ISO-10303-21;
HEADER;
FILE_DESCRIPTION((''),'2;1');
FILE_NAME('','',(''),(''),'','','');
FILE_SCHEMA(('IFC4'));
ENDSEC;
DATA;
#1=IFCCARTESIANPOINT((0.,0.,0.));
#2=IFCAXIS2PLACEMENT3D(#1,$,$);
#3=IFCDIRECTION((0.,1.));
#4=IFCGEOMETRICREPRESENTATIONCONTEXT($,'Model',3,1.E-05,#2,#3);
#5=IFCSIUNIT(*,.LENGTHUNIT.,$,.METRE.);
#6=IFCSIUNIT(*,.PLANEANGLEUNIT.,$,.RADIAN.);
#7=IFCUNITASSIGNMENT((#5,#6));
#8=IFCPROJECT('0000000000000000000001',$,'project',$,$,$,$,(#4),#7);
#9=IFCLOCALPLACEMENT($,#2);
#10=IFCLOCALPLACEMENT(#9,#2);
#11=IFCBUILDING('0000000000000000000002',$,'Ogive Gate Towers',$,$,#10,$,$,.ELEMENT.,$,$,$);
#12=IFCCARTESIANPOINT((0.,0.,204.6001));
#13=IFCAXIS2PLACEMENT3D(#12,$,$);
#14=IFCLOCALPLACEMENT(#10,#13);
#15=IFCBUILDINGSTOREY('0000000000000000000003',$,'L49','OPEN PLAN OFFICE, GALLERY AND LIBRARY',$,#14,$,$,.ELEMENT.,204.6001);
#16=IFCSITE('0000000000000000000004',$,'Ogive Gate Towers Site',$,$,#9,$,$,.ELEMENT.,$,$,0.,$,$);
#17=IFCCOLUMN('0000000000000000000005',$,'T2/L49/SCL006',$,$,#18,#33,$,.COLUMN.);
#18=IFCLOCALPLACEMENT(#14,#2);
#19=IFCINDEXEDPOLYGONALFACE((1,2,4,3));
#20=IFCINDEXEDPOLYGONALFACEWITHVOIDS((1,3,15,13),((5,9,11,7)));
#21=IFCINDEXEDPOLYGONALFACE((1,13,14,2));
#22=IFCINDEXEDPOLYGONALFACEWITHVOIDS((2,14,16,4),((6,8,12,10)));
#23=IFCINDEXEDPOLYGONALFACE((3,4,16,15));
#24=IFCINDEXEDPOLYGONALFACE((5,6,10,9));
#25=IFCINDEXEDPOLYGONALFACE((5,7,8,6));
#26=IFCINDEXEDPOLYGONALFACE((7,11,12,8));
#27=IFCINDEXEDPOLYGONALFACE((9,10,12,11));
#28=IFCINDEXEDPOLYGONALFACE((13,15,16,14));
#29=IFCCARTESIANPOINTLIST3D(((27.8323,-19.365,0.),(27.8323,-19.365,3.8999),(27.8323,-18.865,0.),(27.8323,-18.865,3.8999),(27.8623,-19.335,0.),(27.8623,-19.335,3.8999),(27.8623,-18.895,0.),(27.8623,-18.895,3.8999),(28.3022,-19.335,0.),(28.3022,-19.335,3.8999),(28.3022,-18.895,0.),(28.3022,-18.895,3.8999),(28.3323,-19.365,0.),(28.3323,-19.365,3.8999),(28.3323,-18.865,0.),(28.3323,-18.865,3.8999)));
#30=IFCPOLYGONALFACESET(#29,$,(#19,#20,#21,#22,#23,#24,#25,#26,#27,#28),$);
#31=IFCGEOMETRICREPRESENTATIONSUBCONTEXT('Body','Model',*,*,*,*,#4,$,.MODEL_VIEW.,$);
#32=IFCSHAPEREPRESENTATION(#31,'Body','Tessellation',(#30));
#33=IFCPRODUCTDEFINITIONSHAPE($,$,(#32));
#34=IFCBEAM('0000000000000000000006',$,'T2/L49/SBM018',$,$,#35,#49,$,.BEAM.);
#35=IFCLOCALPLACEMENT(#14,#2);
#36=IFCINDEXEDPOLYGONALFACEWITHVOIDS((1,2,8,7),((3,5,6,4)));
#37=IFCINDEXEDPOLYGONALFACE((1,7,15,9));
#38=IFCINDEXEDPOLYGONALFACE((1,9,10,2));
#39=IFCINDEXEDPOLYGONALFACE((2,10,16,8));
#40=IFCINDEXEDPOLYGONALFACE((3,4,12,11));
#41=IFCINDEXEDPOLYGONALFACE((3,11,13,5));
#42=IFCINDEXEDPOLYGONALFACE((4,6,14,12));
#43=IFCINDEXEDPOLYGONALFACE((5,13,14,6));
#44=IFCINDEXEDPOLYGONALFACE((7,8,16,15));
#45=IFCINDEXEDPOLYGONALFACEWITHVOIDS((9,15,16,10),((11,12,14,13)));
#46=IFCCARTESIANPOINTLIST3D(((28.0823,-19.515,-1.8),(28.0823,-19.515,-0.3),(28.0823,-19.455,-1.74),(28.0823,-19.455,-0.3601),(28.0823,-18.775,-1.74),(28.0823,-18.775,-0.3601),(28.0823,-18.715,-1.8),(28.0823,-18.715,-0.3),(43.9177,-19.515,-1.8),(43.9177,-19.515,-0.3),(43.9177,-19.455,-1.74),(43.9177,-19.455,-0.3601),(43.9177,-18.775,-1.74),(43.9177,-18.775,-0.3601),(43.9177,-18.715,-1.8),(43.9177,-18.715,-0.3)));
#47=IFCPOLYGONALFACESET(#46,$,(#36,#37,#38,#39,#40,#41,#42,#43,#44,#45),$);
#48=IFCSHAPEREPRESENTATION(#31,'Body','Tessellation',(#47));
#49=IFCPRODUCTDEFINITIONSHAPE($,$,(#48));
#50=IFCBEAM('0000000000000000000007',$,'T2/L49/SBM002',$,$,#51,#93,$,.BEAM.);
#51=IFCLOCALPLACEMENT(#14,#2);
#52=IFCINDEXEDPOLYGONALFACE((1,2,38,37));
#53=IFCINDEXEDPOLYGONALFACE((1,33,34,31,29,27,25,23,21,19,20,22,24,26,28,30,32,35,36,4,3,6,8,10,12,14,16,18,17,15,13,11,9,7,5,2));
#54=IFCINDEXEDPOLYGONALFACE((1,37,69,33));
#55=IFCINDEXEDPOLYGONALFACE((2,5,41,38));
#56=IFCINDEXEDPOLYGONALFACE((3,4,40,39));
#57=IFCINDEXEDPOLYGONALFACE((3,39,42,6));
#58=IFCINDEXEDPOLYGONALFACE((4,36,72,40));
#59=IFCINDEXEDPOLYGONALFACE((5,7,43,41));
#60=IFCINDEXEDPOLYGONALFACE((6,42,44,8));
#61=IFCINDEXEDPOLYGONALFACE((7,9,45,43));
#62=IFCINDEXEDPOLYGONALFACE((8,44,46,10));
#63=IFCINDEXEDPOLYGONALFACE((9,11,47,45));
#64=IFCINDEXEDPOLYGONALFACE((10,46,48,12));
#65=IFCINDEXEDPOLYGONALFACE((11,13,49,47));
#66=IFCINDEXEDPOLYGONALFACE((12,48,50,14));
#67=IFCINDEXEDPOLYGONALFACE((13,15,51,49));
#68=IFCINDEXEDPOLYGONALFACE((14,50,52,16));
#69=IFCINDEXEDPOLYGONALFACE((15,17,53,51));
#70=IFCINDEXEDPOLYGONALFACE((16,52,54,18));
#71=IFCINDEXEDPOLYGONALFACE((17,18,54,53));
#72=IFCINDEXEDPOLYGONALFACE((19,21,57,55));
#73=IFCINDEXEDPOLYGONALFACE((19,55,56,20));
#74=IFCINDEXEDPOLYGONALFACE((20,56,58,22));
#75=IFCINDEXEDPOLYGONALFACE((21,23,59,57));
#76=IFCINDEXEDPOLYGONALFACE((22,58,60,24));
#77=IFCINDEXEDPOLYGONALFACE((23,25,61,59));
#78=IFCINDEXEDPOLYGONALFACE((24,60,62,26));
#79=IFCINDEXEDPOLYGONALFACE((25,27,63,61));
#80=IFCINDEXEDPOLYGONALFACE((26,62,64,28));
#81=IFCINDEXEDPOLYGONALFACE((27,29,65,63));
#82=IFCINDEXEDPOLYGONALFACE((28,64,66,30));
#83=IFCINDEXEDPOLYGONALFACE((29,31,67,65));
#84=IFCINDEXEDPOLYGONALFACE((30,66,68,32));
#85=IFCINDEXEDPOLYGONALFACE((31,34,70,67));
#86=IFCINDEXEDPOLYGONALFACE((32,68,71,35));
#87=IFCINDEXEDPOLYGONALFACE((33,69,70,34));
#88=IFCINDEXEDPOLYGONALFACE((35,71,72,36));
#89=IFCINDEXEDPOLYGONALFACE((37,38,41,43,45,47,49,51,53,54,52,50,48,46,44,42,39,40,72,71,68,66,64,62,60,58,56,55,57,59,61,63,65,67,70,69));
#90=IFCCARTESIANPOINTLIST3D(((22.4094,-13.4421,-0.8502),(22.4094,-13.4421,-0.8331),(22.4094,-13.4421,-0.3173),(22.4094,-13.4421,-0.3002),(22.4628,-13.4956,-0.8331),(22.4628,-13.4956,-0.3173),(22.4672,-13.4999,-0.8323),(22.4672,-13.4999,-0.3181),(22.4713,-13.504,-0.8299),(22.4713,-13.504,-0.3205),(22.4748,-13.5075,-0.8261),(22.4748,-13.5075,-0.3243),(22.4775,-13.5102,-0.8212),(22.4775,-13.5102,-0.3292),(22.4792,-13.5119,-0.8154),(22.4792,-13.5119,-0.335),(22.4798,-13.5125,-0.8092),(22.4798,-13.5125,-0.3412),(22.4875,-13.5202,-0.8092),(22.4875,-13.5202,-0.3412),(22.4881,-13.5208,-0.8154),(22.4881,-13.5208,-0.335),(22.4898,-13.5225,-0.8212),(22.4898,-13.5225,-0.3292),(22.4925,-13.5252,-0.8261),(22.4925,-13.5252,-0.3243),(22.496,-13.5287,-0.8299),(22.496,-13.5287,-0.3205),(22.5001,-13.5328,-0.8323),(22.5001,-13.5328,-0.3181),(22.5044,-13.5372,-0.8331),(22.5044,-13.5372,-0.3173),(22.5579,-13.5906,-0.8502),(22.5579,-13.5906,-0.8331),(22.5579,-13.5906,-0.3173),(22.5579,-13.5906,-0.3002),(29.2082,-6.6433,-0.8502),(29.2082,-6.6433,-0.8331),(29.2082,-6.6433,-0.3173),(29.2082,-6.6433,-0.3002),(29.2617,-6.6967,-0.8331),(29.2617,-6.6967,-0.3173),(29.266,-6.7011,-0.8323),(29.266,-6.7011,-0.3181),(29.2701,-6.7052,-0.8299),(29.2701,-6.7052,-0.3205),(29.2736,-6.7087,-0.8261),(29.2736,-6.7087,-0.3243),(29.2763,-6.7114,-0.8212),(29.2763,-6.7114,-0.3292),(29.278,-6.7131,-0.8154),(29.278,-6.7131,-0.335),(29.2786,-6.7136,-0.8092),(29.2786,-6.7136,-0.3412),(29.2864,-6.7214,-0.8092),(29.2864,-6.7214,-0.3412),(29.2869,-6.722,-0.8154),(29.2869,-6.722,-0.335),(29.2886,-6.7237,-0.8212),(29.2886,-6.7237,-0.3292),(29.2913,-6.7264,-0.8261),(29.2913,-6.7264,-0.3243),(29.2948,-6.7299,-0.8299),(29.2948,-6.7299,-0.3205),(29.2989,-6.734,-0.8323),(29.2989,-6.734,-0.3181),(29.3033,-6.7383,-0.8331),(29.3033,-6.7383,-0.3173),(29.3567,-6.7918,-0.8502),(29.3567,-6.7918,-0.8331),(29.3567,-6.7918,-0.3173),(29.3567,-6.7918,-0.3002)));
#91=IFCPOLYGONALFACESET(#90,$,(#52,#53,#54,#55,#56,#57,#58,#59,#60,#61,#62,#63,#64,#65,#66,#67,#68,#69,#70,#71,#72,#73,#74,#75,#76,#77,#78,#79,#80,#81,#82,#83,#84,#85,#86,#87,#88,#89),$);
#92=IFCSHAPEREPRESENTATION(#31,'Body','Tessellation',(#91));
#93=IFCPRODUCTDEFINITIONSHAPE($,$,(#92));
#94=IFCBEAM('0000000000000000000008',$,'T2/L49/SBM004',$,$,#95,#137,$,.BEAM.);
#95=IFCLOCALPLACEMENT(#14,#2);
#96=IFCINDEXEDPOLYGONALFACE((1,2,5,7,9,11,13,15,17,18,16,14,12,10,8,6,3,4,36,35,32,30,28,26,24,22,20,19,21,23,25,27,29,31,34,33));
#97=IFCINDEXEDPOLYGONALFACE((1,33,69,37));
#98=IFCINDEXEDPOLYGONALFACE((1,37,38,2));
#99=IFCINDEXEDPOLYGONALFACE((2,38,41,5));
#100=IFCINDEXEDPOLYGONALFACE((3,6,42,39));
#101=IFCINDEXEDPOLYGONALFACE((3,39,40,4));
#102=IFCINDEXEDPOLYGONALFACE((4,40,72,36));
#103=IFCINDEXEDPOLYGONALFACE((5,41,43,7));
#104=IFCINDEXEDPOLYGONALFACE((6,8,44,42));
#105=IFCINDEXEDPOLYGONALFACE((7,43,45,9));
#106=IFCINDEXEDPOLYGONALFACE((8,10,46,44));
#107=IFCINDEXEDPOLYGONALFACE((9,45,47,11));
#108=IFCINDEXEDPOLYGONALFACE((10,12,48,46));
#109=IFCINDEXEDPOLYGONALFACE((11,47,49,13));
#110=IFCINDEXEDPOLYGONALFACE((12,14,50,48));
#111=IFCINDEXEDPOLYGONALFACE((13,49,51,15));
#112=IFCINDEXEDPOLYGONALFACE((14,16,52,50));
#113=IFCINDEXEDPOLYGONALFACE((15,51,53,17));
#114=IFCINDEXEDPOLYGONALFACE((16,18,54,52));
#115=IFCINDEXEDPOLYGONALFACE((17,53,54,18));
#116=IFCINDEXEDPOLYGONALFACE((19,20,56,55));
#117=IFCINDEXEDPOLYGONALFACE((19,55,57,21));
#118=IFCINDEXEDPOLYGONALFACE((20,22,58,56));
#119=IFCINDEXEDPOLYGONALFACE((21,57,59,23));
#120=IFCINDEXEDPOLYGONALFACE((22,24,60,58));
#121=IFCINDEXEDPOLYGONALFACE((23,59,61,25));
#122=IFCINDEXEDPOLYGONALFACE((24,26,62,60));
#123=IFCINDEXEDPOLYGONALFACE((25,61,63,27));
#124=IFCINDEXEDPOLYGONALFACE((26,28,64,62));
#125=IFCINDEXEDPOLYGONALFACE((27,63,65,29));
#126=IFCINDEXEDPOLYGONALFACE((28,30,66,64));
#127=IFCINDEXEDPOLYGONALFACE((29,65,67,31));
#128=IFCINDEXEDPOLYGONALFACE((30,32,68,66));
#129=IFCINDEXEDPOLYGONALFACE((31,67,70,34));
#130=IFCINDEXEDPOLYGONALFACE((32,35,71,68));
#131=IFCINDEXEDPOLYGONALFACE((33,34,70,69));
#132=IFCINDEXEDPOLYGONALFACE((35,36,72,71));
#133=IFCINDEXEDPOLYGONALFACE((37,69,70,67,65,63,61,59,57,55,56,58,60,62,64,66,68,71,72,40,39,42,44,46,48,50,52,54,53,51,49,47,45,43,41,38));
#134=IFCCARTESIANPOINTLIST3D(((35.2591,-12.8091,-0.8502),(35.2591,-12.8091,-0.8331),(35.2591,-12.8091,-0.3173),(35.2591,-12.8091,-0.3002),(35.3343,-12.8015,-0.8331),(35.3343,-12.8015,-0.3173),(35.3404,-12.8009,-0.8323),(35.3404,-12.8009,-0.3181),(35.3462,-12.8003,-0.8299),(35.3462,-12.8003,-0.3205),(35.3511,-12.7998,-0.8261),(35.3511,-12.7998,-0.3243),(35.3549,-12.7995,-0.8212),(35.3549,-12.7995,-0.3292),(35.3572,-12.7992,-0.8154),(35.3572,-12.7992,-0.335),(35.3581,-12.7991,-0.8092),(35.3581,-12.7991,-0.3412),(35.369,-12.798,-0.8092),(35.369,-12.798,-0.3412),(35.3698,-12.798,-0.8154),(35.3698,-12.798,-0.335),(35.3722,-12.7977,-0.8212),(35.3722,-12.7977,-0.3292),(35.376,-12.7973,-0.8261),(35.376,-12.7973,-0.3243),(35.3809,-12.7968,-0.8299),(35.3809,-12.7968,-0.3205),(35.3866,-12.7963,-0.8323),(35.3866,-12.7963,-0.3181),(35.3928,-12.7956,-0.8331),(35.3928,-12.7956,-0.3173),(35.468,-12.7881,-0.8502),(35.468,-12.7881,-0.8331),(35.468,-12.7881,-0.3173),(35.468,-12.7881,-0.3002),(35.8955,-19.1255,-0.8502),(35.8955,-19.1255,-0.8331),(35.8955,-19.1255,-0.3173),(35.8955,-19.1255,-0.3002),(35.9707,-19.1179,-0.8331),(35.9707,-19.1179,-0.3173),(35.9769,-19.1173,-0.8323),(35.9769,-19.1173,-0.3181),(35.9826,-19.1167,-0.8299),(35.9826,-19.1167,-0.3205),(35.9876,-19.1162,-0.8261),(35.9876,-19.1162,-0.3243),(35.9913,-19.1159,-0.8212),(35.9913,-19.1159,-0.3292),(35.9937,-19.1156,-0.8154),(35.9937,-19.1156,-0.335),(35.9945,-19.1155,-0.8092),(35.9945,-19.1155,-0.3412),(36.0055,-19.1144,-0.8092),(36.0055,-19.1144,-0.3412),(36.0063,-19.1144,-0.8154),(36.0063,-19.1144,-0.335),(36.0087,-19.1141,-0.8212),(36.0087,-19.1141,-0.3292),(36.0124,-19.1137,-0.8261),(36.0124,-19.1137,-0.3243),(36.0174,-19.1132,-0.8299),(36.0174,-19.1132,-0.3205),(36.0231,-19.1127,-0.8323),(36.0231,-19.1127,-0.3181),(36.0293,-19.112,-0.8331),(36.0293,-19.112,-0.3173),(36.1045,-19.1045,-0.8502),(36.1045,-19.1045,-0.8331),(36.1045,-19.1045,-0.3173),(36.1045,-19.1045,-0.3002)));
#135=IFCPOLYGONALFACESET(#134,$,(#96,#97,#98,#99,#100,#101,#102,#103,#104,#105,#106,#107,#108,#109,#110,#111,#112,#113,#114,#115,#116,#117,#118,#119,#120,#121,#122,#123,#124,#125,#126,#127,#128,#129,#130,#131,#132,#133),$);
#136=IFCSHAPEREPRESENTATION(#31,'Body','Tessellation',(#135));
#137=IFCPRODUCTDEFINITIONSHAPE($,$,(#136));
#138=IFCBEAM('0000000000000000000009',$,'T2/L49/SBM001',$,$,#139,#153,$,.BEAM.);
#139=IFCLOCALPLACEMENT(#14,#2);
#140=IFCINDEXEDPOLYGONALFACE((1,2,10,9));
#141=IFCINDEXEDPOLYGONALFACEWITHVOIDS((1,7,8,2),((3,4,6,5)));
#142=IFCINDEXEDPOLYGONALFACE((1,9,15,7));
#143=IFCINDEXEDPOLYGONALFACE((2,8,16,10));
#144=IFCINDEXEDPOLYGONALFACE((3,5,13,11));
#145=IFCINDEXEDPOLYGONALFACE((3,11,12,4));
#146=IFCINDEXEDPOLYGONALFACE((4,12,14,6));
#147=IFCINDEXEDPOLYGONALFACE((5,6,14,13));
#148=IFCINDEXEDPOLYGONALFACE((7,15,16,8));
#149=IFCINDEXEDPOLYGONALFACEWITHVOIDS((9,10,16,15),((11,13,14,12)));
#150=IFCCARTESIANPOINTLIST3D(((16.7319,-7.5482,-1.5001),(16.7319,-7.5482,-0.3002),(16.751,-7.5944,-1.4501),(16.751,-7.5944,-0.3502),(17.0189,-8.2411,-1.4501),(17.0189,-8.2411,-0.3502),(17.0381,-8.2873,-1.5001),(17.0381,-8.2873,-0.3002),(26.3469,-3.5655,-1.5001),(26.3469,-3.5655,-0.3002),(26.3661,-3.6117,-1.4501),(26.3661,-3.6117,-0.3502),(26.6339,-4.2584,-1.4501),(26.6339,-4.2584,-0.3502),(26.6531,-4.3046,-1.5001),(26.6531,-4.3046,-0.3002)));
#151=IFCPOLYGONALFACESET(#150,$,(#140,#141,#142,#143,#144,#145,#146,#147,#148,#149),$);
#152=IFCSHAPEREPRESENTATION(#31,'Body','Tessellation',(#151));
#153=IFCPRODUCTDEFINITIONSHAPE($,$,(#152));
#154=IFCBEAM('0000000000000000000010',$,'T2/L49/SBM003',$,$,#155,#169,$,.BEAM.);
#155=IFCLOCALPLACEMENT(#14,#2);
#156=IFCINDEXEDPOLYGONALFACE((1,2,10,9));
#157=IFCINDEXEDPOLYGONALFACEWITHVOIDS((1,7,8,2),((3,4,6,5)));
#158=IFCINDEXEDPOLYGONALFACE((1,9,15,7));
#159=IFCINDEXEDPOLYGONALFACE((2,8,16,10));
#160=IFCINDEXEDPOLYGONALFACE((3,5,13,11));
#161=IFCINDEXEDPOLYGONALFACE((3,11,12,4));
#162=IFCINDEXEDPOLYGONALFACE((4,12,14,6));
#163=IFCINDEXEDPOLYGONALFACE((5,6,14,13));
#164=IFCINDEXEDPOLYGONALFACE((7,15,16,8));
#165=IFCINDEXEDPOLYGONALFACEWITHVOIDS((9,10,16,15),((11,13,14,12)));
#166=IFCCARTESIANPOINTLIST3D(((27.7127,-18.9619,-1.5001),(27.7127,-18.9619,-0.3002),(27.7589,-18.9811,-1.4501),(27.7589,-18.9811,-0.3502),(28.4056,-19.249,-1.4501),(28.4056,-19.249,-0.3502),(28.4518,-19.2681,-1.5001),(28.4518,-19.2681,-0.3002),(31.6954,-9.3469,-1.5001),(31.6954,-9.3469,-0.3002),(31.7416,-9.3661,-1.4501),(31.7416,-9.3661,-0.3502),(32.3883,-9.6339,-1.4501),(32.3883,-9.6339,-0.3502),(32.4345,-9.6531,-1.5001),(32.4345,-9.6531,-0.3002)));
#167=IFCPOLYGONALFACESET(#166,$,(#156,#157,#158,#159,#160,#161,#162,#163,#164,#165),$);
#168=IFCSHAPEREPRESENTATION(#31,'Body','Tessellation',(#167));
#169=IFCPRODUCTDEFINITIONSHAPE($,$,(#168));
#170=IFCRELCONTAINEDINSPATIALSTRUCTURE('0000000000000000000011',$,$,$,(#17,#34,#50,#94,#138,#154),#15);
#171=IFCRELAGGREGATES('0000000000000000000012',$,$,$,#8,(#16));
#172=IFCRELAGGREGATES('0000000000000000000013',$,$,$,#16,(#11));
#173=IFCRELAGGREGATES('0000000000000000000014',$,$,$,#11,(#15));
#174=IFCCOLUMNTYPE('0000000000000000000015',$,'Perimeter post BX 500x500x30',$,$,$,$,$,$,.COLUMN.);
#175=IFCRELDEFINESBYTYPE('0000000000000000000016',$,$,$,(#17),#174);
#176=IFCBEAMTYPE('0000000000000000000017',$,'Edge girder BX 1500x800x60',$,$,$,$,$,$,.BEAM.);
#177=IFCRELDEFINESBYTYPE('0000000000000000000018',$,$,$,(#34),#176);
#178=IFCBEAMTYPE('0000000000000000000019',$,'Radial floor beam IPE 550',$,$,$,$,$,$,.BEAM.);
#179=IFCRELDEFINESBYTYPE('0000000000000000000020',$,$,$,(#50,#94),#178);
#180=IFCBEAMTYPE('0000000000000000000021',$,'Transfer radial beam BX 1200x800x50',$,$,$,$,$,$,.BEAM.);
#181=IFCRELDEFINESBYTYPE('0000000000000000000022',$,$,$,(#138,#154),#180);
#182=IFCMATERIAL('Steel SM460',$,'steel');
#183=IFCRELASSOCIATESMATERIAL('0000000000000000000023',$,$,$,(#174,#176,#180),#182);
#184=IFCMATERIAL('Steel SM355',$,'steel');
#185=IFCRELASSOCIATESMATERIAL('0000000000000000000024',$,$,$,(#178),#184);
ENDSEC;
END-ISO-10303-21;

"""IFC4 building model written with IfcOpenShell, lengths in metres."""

from ifc_helpers import new_model, si_unit, direction, frame, origin, origin_2d, place, context, subcontext, project, spatial, hollow_rectangle, i_section, extrude, material, material_profile, profile_set, type_object, element, save


model = new_model("IFC4")

# Units and contexts
model_context = context("Model", 3, precision=1e-05, world=origin(), true_north=direction((0.0, 1.0)))
body_context = subcontext(model_context, "Body", "Model", "MODEL_VIEW")
ifc_project = project(units=[si_unit("LENGTHUNIT", "METRE"), si_unit("PLANEANGLEUNIT", "RADIAN")], contexts=[model_context])

# Site, building, storey
site_placement = place(None, origin())
site = spatial("IfcSite", under=ifc_project, at=site_placement, Name="Ogive Gate Towers Site", CompositionType="ELEMENT", RefElevation=0.0)
building_placement = place(site_placement, origin())
building = spatial("IfcBuilding", under=site, at=building_placement, Name="Ogive Gate Towers", CompositionType="ELEMENT")
storey_placement = place(building_placement, frame((0.0, 0.0, 204.6001)))
storey = spatial("IfcBuildingStorey", under=building, at=storey_placement, Name="L49", Description="OPEN PLAN OFFICE, GALLERY AND LIBRARY", CompositionType="ELEMENT", Elevation=204.6001)

# Column
ifc_material_1 = material(Name="Steel SM460", Category="steel")
ifc_material_profile_1 = material_profile(ifc_material_1, hollow_rectangle(XDim=0.5, YDim=0.5, WallThickness=0.03, at=origin_2d()), Name="BX 500x500x30")
ifc_profile_set_1 = profile_set([ifc_material_profile_1], Name="Steel SM460")
column_type = type_object("IfcColumnType", Name="Perimeter post BX 500x500x30", PredefinedType="COLUMN", material=ifc_profile_set_1)
column_placement = place(storey_placement, frame((28.0823, -19.115, 0.0), z_axis=(0.0, 0.0, 1.0), x_axis=(1.0, 0.0, 0.0)))
element("IfcColumn", 1, at=column_placement, inside=storey, type_object=column_type, Name="T2/L49/SCL006", PredefinedType="COLUMN", context=body_context, shape_type="SweptSolid", body=[
    extrude(hollow_rectangle(XDim=0.5, YDim=0.5, WallThickness=0.03, at=origin_2d()), origin(), (0.0, 0.0, 1.0), 3.8999),
])

# Beams
ifc_material_profile_2 = material_profile(ifc_material_1, hollow_rectangle(XDim=0.8, YDim=1.5, WallThickness=0.0601, at=origin_2d()), Name="BX 1500x800x60")
ifc_profile_set_2 = profile_set([ifc_material_profile_2], Name="Steel SM460")
beam_type_1 = type_object("IfcBeamType", Name="Edge girder BX 1500x800x60", PredefinedType="BEAM", material=ifc_profile_set_2)
beam_1_placement = place(storey_placement, frame((28.0823, -19.115, -1.05), z_axis=(1.0, 0.0, 0.0), x_axis=(0.0, 1.0, 0.0)))
element("IfcBeam", 2, at=beam_1_placement, inside=storey, type_object=beam_type_1, Name="T2/L49/SBM018", PredefinedType="BEAM", context=body_context, shape_type="SweptSolid", body=[
    extrude(hollow_rectangle(XDim=0.8, YDim=1.5, WallThickness=0.0601, at=origin_2d()), origin(), (0.0, 0.0, 1.0), 15.8354),
])
ifc_material_2 = material(Name="Steel SM355", Category="steel")
ifc_material_profile_3 = material_profile(ifc_material_2, i_section(OverallWidth=0.21, OverallDepth=0.55, WebThickness=0.011, FlangeThickness=0.0171, FilletRadius=0.0239, at=origin_2d()), Name="IPE 550")
ifc_profile_set_3 = profile_set([ifc_material_profile_3], Name="Steel SM355")
beam_type_2 = type_object("IfcBeamType", Name="Radial floor beam IPE 550", PredefinedType="BEAM", material=ifc_profile_set_3)
beam_2_placement = place(storey_placement, frame((29.2825, -6.7175, -0.5752), z_axis=(-0.707107, -0.707107, 0.0), x_axis=(0.707107, -0.707107, 0.0)))
element("IfcBeam", 3, at=beam_2_placement, inside=storey, type_object=beam_type_2, Name="T2/L49/SBM002", PredefinedType="BEAM", context=body_context, shape_type="SweptSolid", body=[
    extrude(i_section(OverallWidth=0.21, OverallDepth=0.55, WebThickness=0.011, FlangeThickness=0.0171, FilletRadius=0.0239, at=origin_2d()), origin(), (0.0, 0.0, 1.0), 9.615),
])
beam_3_placement = place(storey_placement, frame((35.3635, -12.7986, -0.5752), z_axis=(0.100258, -0.994962, 0.0), x_axis=(0.994962, 0.100258, 0.0)))
element("IfcBeam", 4, at=beam_3_placement, inside=storey, type_object=beam_type_2, Name="T2/L49/SBM004", PredefinedType="BEAM", context=body_context, shape_type="SweptSolid", body=[
    extrude(i_section(OverallWidth=0.21, OverallDepth=0.55, WebThickness=0.011, FlangeThickness=0.0171, FilletRadius=0.0239, at=origin_2d()), origin(), (0.0, 0.0, 1.0), 6.3484),
])
ifc_material_profile_4 = material_profile(ifc_material_1, hollow_rectangle(XDim=0.8, YDim=1.2, WallThickness=0.05, at=origin_2d()), Name="BX 1200x800x50")
ifc_profile_set_4 = profile_set([ifc_material_profile_4], Name="Steel SM460")
beam_type_3 = type_object("IfcBeamType", Name="Transfer radial beam BX 1200x800x50", PredefinedType="BEAM", material=ifc_profile_set_4)
for number, where, z_axis, x_axis, name in (
    (5, (26.5, -3.9351, -0.9001), (-0.923879, -0.382684, 0.0), (0.382684, -0.923879, 0.0), "T2/L49/SBM001"),
    (6, (32.0649, -9.5, -0.9001), (-0.382684, -0.923879, 0.0), (0.923879, -0.382684, 0.0), "T2/L49/SBM003"),
):
    element("IfcBeam", number, at=place(storey_placement, frame(where, z_axis=z_axis, x_axis=x_axis)), inside=storey, type_object=beam_type_3, Name=name, PredefinedType="BEAM", context=body_context, shape_type="SweptSolid", body=[
        extrude(hollow_rectangle(XDim=0.8, YDim=1.2, WallThickness=0.05, at=origin_2d()), origin(), (0.0, 0.0, 1.0), 10.4072),
    ])

save(model, "model.ifc")
